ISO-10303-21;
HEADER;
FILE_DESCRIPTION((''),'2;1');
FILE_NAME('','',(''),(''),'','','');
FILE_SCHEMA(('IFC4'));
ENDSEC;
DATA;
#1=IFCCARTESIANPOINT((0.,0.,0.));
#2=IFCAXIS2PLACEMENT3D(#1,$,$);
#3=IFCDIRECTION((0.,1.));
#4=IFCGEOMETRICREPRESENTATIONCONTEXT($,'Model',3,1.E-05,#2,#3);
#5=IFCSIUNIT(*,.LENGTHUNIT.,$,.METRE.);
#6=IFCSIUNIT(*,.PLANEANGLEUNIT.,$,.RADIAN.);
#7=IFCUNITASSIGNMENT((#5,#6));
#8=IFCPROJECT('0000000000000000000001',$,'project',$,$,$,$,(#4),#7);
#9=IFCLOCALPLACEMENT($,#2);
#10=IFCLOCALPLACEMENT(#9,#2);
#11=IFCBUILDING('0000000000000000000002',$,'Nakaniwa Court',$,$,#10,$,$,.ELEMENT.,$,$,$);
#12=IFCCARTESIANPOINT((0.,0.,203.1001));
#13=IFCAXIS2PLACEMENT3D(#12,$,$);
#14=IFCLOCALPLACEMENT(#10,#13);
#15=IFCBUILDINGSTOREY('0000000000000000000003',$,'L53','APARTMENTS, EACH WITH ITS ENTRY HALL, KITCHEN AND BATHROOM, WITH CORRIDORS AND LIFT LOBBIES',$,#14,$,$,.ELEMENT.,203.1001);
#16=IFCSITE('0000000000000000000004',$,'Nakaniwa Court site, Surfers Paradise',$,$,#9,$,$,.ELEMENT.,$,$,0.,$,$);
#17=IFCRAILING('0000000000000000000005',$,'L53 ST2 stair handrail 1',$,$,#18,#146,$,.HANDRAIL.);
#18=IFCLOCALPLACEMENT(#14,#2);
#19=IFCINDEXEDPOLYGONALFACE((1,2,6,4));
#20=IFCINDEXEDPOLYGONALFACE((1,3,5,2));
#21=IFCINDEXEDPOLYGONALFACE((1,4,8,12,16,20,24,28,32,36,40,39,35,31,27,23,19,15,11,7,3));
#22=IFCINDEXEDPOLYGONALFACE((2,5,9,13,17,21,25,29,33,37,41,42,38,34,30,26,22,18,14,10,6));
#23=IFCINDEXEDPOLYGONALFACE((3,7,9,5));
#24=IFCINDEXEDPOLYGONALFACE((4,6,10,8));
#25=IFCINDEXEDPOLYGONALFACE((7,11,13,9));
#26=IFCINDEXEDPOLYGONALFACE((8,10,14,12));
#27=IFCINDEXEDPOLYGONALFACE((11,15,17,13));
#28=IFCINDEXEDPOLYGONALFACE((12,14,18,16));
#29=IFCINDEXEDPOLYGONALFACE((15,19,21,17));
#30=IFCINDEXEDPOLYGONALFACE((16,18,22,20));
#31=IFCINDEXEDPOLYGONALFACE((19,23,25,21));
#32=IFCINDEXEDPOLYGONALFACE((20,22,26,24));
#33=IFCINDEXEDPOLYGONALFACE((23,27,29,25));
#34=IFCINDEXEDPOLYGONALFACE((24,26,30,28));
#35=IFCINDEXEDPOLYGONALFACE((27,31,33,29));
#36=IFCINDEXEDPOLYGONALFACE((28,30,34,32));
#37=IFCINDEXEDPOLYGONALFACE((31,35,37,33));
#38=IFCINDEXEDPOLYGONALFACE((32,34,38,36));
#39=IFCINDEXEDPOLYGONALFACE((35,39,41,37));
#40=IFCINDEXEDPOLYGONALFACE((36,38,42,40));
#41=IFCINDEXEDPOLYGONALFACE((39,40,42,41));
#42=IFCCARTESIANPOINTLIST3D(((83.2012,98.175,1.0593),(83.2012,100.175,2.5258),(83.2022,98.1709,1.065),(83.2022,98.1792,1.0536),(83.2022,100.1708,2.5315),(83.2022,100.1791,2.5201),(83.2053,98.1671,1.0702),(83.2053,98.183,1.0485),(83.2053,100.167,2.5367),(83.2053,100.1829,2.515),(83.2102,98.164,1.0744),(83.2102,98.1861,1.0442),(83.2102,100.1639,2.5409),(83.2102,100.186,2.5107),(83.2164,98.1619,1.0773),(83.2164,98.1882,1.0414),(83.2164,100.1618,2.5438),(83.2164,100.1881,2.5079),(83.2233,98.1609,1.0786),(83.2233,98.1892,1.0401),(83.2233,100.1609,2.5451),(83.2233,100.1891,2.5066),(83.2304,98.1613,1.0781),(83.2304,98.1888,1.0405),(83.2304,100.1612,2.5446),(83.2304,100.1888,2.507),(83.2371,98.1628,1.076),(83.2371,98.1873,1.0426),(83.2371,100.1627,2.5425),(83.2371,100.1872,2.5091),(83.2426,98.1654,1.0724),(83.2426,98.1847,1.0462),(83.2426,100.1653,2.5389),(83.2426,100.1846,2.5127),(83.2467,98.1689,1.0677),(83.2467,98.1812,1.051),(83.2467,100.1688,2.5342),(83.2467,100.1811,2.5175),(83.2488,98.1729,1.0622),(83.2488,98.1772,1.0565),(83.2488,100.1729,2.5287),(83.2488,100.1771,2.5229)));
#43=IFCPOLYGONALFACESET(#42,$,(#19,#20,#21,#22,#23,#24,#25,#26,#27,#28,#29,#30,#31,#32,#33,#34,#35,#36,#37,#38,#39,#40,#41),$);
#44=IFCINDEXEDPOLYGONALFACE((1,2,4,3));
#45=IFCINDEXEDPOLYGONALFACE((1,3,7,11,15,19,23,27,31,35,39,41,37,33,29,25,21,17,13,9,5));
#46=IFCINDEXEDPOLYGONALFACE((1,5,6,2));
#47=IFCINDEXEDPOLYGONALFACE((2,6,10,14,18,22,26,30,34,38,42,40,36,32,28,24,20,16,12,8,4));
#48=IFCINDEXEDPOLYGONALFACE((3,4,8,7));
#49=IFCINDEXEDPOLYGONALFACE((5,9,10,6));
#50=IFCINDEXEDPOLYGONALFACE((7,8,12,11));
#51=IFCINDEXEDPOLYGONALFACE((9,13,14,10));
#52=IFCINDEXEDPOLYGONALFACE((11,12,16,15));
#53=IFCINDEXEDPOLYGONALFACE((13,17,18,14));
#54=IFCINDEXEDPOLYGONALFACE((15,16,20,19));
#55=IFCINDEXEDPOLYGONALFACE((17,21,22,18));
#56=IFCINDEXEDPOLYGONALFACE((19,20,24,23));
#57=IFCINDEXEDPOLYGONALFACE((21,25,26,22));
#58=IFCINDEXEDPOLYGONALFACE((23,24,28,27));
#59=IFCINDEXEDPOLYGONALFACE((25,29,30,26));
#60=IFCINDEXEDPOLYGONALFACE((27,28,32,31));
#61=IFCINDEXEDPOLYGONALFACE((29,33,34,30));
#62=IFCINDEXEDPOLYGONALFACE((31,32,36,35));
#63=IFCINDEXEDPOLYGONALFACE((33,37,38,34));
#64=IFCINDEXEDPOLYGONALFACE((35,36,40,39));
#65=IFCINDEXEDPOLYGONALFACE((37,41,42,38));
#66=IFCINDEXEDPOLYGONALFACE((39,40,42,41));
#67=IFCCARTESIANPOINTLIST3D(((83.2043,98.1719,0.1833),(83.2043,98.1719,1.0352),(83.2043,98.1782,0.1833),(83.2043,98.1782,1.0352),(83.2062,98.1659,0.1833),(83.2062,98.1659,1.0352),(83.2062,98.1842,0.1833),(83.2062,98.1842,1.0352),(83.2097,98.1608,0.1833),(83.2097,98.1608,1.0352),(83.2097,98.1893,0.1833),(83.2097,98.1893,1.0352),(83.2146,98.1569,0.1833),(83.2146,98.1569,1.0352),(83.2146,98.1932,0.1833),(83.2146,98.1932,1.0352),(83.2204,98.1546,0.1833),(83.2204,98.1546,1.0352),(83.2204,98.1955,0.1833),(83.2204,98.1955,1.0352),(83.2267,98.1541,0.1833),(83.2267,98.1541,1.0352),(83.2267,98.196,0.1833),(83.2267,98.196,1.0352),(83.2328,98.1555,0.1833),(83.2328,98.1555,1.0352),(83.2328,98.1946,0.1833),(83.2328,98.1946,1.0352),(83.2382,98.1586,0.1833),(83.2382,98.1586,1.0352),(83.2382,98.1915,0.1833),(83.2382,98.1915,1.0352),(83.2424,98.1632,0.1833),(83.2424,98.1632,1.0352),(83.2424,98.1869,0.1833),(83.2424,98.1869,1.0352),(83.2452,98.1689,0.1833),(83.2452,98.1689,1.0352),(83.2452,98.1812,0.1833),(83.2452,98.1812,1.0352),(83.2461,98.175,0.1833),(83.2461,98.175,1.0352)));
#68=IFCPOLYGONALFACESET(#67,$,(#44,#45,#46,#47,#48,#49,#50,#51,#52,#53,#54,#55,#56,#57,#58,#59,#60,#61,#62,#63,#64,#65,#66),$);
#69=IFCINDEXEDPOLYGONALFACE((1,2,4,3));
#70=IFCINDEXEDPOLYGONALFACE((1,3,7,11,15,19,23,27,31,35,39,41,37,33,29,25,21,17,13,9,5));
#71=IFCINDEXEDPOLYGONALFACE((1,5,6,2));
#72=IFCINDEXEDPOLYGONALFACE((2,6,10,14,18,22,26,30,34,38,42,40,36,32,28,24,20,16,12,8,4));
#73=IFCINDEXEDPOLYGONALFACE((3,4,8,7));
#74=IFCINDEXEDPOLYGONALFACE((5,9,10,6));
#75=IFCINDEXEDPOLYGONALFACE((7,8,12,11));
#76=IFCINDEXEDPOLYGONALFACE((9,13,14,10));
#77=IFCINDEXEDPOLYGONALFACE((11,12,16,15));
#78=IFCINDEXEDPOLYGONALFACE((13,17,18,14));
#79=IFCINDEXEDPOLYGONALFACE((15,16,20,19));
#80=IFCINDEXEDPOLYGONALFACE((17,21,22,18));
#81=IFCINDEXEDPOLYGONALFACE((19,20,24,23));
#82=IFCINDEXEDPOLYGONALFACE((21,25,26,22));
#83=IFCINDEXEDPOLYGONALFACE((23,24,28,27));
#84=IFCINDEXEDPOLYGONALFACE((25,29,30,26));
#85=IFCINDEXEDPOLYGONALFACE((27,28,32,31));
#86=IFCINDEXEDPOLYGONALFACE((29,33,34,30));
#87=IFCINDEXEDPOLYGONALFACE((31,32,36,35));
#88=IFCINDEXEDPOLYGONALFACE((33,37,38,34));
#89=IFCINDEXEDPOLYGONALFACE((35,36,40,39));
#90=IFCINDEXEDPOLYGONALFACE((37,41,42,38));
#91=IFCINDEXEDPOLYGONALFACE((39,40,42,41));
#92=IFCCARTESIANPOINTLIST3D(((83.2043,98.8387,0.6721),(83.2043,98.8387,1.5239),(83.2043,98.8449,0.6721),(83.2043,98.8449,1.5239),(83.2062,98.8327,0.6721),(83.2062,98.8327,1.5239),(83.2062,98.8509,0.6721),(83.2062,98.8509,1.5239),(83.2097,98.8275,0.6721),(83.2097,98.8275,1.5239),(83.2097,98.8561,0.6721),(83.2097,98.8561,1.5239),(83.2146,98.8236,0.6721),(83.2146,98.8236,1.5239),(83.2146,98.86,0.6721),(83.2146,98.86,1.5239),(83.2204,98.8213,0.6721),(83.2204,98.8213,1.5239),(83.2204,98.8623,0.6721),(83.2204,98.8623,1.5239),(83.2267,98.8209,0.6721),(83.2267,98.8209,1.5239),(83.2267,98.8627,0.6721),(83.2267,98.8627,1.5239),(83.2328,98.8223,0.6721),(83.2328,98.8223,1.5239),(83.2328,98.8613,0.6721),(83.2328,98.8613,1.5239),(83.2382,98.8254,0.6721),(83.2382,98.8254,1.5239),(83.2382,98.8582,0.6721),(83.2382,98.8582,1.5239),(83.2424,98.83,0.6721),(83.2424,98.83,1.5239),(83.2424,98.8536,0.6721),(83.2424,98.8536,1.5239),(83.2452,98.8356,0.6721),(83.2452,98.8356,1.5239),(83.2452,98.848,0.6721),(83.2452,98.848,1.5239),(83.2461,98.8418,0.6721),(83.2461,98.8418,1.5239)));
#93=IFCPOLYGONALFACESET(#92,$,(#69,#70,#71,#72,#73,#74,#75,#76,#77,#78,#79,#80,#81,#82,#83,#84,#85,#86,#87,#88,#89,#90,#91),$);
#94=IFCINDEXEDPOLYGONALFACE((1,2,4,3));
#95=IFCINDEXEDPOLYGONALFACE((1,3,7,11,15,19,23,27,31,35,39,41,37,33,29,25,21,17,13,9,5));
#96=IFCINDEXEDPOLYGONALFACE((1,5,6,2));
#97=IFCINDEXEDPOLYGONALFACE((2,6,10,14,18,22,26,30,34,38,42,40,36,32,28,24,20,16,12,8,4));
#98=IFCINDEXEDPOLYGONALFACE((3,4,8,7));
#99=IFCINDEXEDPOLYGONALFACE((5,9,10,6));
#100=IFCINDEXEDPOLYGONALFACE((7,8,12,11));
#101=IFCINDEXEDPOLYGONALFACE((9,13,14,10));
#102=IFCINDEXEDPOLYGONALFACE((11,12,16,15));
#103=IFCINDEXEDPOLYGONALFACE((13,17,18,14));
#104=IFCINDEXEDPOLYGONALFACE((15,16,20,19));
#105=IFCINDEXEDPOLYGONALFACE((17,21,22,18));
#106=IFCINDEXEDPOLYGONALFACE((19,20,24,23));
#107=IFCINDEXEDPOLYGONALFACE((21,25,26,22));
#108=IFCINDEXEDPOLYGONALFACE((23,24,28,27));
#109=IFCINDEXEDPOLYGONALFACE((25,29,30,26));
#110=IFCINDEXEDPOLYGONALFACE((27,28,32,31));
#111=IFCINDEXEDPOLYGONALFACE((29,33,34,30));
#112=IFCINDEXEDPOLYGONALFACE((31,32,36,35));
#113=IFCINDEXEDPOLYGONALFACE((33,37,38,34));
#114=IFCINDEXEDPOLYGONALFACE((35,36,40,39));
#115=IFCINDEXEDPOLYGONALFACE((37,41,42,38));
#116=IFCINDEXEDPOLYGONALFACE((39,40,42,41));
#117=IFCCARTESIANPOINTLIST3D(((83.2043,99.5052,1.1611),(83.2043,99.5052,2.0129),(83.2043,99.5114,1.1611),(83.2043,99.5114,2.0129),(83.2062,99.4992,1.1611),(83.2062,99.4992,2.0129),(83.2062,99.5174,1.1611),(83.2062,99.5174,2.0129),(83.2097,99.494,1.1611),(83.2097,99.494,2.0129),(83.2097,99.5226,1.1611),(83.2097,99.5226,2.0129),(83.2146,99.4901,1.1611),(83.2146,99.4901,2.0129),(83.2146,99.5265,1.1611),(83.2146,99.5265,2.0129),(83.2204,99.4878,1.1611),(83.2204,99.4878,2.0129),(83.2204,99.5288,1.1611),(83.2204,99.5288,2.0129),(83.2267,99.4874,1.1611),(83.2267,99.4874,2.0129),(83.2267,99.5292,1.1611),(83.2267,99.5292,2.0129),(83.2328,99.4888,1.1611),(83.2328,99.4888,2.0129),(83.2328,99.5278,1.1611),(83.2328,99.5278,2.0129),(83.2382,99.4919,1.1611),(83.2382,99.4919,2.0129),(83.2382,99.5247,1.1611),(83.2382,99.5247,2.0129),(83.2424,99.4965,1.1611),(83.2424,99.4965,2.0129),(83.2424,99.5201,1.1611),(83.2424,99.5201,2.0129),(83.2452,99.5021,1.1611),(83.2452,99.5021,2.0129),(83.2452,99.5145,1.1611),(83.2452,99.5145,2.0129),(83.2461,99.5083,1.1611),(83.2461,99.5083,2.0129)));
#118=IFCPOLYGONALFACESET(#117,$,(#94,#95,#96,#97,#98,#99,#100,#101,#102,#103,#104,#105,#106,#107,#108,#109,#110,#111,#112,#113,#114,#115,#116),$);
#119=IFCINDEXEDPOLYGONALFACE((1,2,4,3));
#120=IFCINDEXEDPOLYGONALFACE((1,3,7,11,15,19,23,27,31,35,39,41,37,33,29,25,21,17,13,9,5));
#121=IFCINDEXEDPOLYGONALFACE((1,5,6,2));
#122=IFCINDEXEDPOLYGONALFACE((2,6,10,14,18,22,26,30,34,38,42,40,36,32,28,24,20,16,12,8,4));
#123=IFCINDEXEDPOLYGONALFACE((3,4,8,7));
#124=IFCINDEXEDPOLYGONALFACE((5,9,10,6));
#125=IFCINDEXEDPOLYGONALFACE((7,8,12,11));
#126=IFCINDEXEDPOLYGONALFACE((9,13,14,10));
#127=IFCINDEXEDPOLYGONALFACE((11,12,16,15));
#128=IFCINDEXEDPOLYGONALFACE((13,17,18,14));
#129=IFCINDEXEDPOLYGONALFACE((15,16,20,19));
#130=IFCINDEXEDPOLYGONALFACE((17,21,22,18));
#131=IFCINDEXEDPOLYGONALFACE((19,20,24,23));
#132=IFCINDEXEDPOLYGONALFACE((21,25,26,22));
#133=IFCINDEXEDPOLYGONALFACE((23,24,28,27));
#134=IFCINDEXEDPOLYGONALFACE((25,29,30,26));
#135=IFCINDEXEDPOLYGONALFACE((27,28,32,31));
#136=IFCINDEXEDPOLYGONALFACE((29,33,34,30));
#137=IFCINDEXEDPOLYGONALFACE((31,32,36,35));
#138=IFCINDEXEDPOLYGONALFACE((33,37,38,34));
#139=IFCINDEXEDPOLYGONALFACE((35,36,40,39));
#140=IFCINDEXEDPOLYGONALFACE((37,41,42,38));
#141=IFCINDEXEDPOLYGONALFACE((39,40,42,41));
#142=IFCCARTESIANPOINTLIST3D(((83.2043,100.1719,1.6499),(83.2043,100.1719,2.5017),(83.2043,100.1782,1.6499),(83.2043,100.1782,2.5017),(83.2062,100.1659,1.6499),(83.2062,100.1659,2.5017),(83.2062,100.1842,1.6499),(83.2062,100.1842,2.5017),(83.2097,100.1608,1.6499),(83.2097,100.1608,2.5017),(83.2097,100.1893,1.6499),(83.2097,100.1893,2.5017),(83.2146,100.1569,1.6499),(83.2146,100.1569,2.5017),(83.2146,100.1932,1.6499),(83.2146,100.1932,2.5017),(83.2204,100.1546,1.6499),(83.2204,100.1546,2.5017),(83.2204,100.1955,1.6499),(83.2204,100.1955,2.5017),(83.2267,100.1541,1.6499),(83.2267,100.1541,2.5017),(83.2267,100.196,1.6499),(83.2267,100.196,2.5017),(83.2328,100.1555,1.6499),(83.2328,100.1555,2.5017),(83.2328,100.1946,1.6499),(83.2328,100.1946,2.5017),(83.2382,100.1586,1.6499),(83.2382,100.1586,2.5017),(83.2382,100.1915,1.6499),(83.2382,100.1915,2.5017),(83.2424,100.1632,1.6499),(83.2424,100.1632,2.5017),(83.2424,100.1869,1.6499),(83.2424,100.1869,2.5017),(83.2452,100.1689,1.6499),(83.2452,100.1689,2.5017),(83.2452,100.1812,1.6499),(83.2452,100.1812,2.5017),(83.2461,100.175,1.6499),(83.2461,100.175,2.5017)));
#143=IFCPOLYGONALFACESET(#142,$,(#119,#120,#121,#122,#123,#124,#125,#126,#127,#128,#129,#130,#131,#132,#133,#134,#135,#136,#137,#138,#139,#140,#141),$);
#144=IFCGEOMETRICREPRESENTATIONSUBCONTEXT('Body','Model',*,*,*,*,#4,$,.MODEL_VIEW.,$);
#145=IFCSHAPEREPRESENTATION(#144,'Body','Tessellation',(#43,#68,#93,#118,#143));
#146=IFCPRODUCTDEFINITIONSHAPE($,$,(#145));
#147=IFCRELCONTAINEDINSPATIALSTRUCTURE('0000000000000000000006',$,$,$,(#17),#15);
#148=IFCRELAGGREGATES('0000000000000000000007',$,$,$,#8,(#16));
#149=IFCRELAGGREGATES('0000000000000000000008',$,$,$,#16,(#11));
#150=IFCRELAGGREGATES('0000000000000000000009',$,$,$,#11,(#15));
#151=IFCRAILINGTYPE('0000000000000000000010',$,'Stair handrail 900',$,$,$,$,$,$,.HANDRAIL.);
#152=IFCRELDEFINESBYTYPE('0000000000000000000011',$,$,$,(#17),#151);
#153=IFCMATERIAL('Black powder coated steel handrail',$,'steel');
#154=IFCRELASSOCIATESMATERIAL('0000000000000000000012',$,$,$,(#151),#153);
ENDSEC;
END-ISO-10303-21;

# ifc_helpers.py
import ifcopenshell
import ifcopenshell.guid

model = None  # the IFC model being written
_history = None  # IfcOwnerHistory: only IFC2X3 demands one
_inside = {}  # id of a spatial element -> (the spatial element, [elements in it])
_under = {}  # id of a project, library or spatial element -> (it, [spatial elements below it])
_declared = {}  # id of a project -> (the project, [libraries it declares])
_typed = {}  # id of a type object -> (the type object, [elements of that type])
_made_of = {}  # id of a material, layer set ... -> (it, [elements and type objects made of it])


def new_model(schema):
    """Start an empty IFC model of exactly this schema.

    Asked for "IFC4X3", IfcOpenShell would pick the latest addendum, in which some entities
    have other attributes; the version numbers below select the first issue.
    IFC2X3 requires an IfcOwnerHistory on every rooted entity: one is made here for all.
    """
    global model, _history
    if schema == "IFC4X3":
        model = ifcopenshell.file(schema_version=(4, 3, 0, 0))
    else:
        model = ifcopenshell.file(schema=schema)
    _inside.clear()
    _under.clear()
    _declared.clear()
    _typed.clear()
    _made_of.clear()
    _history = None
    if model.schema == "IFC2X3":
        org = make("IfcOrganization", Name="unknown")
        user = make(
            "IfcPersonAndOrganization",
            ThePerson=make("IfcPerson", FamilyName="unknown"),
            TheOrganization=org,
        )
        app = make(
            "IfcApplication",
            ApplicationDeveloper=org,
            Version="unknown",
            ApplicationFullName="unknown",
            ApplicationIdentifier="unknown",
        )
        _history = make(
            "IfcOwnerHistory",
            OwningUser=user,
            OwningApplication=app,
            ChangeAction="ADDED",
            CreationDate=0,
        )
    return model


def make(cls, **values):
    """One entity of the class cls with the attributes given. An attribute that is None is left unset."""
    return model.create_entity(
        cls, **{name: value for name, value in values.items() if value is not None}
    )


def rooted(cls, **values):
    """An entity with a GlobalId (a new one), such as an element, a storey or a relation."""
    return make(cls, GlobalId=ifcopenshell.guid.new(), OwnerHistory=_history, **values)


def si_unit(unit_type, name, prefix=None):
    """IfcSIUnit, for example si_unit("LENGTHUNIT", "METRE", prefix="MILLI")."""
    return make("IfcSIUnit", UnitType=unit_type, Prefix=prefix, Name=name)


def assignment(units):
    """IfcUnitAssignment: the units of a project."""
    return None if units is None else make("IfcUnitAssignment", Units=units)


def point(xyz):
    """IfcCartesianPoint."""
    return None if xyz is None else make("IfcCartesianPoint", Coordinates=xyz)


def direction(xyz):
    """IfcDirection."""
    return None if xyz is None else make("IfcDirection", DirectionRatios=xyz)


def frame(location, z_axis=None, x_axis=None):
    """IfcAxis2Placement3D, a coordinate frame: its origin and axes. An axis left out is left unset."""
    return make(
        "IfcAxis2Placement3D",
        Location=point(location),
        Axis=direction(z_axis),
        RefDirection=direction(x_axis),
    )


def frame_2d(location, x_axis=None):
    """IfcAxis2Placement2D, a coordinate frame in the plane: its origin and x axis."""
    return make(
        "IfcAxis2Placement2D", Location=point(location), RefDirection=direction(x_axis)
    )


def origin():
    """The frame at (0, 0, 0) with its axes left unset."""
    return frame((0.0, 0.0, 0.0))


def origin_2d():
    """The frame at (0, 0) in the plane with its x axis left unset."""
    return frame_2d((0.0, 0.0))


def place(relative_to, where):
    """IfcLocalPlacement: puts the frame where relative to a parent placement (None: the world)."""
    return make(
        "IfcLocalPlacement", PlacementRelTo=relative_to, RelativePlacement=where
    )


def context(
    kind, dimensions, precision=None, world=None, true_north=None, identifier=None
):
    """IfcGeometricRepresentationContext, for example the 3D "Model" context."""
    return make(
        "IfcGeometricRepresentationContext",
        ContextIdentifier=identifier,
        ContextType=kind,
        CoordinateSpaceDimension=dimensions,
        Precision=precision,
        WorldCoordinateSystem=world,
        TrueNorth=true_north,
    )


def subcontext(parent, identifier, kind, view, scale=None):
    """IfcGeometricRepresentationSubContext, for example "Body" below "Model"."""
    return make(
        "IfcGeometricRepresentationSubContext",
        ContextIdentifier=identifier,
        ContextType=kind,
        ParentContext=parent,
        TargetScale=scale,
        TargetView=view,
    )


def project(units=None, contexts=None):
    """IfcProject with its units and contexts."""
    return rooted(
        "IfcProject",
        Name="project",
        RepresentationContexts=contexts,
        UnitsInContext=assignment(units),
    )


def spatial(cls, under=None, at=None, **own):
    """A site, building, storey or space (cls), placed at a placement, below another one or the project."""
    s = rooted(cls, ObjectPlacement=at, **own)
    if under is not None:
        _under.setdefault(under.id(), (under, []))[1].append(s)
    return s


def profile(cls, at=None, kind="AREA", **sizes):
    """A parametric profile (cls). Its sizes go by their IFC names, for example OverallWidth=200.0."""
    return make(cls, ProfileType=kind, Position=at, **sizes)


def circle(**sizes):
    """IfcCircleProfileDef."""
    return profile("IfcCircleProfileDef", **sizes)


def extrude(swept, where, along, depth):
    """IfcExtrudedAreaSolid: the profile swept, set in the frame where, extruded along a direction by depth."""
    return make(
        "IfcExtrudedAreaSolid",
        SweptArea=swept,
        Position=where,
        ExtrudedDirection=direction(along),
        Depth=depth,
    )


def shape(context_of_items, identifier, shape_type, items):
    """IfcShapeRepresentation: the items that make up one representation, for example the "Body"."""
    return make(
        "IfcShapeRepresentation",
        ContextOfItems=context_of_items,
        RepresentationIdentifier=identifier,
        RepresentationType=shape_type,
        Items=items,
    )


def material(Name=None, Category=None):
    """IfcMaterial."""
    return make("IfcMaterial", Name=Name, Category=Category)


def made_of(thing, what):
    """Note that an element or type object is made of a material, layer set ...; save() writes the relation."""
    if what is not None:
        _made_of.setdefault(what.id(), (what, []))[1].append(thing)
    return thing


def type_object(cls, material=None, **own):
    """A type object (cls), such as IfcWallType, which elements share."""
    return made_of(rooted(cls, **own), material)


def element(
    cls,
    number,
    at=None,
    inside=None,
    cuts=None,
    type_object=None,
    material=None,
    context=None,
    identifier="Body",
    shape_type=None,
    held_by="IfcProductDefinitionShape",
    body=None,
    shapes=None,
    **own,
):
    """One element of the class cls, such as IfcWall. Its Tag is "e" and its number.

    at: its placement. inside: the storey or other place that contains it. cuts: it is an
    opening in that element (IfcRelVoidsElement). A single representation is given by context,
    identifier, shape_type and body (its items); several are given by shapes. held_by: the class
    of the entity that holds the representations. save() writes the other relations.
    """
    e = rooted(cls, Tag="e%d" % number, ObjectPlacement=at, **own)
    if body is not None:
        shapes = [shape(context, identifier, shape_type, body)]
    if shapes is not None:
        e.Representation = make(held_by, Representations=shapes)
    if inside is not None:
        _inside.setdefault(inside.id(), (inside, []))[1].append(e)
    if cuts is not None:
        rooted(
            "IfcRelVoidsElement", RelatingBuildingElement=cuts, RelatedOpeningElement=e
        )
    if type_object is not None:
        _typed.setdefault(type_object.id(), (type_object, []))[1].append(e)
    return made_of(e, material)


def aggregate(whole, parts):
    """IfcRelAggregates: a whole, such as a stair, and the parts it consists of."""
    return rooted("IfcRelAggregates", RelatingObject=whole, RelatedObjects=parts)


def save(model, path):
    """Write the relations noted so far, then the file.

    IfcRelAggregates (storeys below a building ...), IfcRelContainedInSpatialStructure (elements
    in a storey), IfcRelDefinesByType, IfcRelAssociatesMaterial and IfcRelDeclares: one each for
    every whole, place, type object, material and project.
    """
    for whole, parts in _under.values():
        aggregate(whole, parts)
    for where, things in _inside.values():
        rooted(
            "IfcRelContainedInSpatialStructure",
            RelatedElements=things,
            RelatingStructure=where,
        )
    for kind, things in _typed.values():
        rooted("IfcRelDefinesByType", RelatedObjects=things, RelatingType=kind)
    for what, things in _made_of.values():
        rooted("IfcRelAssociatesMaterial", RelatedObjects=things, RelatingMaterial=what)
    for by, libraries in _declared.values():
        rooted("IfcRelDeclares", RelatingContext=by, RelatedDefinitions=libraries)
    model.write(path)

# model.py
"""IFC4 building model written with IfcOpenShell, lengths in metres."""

from ifc_helpers import new_model, si_unit, direction, frame, origin, origin_2d, place, context, subcontext, project, spatial, circle, extrude, material, type_object, element, save


model = new_model("IFC4")

# Units and contexts
model_context = context("Model", 3, precision=1e-05, world=origin(), true_north=direction((0.0, 1.0)))
body_context = subcontext(model_context, "Body", "Model", "MODEL_VIEW")
ifc_project = project(units=[si_unit("LENGTHUNIT", "METRE"), si_unit("PLANEANGLEUNIT", "RADIAN")], contexts=[model_context])

# Site, building, storey
site_placement = place(None, origin())
site = spatial("IfcSite", under=ifc_project, at=site_placement, Name="Nakaniwa Court site, Surfers Paradise", CompositionType="ELEMENT", RefElevation=0.0)
building_placement = place(site_placement, origin())
building = spatial("IfcBuilding", under=site, at=building_placement, Name="Nakaniwa Court", CompositionType="ELEMENT")
storey_placement = place(building_placement, frame((0.0, 0.0, 203.1001)))
storey = spatial("IfcBuildingStorey", under=building, at=storey_placement, Name="L53", Description="APARTMENTS, EACH WITH ITS ENTRY HALL, KITCHEN AND BATHROOM, WITH CORRIDORS AND LIFT LOBBIES", CompositionType="ELEMENT", Elevation=203.1001)

# Railing
ifc_material_1 = material(Name="Black powder coated steel handrail", Category="steel")
railing_type_1 = type_object("IfcRailingType", Name="Stair handrail 900", PredefinedType="HANDRAIL", material=ifc_material_1)
railing_1_placement = place(storey_placement, frame((83.2251, 98.175, 0.1833)))
element("IfcRailing", 1, at=railing_1_placement, inside=storey, type_object=railing_type_1, Name="L53 ST2 stair handrail 1", PredefinedType="HANDRAIL", context=body_context, shape_type="SweptSolid", body=[
    extrude(circle(Radius=0.0239, at=origin_2d()), frame((0.0, 0.0, 0.876), z_axis=(0.0, 0.806427, 0.591334), x_axis=(-1.0, 0.0, 0.0)), (0.0, 0.0, 1.0), 2.48),
    extrude(circle(Radius=0.021, at=origin_2d()), origin(), (0.0, 0.0, 1.0), 0.8518),
    extrude(circle(Radius=0.021, at=origin_2d()), frame((0.0, 0.6667, 0.4888)), (0.0, 0.0, 1.0), 0.8518),
    extrude(circle(Radius=0.021, at=origin_2d()), frame((0.0, 1.3333, 0.9778)), (0.0, 0.0, 1.0), 0.8518),
    extrude(circle(Radius=0.021, at=origin_2d()), frame((0.0, 2.0, 1.4666)), (0.0, 0.0, 1.0), 0.8518),
])

save(model, "model.ifc")
